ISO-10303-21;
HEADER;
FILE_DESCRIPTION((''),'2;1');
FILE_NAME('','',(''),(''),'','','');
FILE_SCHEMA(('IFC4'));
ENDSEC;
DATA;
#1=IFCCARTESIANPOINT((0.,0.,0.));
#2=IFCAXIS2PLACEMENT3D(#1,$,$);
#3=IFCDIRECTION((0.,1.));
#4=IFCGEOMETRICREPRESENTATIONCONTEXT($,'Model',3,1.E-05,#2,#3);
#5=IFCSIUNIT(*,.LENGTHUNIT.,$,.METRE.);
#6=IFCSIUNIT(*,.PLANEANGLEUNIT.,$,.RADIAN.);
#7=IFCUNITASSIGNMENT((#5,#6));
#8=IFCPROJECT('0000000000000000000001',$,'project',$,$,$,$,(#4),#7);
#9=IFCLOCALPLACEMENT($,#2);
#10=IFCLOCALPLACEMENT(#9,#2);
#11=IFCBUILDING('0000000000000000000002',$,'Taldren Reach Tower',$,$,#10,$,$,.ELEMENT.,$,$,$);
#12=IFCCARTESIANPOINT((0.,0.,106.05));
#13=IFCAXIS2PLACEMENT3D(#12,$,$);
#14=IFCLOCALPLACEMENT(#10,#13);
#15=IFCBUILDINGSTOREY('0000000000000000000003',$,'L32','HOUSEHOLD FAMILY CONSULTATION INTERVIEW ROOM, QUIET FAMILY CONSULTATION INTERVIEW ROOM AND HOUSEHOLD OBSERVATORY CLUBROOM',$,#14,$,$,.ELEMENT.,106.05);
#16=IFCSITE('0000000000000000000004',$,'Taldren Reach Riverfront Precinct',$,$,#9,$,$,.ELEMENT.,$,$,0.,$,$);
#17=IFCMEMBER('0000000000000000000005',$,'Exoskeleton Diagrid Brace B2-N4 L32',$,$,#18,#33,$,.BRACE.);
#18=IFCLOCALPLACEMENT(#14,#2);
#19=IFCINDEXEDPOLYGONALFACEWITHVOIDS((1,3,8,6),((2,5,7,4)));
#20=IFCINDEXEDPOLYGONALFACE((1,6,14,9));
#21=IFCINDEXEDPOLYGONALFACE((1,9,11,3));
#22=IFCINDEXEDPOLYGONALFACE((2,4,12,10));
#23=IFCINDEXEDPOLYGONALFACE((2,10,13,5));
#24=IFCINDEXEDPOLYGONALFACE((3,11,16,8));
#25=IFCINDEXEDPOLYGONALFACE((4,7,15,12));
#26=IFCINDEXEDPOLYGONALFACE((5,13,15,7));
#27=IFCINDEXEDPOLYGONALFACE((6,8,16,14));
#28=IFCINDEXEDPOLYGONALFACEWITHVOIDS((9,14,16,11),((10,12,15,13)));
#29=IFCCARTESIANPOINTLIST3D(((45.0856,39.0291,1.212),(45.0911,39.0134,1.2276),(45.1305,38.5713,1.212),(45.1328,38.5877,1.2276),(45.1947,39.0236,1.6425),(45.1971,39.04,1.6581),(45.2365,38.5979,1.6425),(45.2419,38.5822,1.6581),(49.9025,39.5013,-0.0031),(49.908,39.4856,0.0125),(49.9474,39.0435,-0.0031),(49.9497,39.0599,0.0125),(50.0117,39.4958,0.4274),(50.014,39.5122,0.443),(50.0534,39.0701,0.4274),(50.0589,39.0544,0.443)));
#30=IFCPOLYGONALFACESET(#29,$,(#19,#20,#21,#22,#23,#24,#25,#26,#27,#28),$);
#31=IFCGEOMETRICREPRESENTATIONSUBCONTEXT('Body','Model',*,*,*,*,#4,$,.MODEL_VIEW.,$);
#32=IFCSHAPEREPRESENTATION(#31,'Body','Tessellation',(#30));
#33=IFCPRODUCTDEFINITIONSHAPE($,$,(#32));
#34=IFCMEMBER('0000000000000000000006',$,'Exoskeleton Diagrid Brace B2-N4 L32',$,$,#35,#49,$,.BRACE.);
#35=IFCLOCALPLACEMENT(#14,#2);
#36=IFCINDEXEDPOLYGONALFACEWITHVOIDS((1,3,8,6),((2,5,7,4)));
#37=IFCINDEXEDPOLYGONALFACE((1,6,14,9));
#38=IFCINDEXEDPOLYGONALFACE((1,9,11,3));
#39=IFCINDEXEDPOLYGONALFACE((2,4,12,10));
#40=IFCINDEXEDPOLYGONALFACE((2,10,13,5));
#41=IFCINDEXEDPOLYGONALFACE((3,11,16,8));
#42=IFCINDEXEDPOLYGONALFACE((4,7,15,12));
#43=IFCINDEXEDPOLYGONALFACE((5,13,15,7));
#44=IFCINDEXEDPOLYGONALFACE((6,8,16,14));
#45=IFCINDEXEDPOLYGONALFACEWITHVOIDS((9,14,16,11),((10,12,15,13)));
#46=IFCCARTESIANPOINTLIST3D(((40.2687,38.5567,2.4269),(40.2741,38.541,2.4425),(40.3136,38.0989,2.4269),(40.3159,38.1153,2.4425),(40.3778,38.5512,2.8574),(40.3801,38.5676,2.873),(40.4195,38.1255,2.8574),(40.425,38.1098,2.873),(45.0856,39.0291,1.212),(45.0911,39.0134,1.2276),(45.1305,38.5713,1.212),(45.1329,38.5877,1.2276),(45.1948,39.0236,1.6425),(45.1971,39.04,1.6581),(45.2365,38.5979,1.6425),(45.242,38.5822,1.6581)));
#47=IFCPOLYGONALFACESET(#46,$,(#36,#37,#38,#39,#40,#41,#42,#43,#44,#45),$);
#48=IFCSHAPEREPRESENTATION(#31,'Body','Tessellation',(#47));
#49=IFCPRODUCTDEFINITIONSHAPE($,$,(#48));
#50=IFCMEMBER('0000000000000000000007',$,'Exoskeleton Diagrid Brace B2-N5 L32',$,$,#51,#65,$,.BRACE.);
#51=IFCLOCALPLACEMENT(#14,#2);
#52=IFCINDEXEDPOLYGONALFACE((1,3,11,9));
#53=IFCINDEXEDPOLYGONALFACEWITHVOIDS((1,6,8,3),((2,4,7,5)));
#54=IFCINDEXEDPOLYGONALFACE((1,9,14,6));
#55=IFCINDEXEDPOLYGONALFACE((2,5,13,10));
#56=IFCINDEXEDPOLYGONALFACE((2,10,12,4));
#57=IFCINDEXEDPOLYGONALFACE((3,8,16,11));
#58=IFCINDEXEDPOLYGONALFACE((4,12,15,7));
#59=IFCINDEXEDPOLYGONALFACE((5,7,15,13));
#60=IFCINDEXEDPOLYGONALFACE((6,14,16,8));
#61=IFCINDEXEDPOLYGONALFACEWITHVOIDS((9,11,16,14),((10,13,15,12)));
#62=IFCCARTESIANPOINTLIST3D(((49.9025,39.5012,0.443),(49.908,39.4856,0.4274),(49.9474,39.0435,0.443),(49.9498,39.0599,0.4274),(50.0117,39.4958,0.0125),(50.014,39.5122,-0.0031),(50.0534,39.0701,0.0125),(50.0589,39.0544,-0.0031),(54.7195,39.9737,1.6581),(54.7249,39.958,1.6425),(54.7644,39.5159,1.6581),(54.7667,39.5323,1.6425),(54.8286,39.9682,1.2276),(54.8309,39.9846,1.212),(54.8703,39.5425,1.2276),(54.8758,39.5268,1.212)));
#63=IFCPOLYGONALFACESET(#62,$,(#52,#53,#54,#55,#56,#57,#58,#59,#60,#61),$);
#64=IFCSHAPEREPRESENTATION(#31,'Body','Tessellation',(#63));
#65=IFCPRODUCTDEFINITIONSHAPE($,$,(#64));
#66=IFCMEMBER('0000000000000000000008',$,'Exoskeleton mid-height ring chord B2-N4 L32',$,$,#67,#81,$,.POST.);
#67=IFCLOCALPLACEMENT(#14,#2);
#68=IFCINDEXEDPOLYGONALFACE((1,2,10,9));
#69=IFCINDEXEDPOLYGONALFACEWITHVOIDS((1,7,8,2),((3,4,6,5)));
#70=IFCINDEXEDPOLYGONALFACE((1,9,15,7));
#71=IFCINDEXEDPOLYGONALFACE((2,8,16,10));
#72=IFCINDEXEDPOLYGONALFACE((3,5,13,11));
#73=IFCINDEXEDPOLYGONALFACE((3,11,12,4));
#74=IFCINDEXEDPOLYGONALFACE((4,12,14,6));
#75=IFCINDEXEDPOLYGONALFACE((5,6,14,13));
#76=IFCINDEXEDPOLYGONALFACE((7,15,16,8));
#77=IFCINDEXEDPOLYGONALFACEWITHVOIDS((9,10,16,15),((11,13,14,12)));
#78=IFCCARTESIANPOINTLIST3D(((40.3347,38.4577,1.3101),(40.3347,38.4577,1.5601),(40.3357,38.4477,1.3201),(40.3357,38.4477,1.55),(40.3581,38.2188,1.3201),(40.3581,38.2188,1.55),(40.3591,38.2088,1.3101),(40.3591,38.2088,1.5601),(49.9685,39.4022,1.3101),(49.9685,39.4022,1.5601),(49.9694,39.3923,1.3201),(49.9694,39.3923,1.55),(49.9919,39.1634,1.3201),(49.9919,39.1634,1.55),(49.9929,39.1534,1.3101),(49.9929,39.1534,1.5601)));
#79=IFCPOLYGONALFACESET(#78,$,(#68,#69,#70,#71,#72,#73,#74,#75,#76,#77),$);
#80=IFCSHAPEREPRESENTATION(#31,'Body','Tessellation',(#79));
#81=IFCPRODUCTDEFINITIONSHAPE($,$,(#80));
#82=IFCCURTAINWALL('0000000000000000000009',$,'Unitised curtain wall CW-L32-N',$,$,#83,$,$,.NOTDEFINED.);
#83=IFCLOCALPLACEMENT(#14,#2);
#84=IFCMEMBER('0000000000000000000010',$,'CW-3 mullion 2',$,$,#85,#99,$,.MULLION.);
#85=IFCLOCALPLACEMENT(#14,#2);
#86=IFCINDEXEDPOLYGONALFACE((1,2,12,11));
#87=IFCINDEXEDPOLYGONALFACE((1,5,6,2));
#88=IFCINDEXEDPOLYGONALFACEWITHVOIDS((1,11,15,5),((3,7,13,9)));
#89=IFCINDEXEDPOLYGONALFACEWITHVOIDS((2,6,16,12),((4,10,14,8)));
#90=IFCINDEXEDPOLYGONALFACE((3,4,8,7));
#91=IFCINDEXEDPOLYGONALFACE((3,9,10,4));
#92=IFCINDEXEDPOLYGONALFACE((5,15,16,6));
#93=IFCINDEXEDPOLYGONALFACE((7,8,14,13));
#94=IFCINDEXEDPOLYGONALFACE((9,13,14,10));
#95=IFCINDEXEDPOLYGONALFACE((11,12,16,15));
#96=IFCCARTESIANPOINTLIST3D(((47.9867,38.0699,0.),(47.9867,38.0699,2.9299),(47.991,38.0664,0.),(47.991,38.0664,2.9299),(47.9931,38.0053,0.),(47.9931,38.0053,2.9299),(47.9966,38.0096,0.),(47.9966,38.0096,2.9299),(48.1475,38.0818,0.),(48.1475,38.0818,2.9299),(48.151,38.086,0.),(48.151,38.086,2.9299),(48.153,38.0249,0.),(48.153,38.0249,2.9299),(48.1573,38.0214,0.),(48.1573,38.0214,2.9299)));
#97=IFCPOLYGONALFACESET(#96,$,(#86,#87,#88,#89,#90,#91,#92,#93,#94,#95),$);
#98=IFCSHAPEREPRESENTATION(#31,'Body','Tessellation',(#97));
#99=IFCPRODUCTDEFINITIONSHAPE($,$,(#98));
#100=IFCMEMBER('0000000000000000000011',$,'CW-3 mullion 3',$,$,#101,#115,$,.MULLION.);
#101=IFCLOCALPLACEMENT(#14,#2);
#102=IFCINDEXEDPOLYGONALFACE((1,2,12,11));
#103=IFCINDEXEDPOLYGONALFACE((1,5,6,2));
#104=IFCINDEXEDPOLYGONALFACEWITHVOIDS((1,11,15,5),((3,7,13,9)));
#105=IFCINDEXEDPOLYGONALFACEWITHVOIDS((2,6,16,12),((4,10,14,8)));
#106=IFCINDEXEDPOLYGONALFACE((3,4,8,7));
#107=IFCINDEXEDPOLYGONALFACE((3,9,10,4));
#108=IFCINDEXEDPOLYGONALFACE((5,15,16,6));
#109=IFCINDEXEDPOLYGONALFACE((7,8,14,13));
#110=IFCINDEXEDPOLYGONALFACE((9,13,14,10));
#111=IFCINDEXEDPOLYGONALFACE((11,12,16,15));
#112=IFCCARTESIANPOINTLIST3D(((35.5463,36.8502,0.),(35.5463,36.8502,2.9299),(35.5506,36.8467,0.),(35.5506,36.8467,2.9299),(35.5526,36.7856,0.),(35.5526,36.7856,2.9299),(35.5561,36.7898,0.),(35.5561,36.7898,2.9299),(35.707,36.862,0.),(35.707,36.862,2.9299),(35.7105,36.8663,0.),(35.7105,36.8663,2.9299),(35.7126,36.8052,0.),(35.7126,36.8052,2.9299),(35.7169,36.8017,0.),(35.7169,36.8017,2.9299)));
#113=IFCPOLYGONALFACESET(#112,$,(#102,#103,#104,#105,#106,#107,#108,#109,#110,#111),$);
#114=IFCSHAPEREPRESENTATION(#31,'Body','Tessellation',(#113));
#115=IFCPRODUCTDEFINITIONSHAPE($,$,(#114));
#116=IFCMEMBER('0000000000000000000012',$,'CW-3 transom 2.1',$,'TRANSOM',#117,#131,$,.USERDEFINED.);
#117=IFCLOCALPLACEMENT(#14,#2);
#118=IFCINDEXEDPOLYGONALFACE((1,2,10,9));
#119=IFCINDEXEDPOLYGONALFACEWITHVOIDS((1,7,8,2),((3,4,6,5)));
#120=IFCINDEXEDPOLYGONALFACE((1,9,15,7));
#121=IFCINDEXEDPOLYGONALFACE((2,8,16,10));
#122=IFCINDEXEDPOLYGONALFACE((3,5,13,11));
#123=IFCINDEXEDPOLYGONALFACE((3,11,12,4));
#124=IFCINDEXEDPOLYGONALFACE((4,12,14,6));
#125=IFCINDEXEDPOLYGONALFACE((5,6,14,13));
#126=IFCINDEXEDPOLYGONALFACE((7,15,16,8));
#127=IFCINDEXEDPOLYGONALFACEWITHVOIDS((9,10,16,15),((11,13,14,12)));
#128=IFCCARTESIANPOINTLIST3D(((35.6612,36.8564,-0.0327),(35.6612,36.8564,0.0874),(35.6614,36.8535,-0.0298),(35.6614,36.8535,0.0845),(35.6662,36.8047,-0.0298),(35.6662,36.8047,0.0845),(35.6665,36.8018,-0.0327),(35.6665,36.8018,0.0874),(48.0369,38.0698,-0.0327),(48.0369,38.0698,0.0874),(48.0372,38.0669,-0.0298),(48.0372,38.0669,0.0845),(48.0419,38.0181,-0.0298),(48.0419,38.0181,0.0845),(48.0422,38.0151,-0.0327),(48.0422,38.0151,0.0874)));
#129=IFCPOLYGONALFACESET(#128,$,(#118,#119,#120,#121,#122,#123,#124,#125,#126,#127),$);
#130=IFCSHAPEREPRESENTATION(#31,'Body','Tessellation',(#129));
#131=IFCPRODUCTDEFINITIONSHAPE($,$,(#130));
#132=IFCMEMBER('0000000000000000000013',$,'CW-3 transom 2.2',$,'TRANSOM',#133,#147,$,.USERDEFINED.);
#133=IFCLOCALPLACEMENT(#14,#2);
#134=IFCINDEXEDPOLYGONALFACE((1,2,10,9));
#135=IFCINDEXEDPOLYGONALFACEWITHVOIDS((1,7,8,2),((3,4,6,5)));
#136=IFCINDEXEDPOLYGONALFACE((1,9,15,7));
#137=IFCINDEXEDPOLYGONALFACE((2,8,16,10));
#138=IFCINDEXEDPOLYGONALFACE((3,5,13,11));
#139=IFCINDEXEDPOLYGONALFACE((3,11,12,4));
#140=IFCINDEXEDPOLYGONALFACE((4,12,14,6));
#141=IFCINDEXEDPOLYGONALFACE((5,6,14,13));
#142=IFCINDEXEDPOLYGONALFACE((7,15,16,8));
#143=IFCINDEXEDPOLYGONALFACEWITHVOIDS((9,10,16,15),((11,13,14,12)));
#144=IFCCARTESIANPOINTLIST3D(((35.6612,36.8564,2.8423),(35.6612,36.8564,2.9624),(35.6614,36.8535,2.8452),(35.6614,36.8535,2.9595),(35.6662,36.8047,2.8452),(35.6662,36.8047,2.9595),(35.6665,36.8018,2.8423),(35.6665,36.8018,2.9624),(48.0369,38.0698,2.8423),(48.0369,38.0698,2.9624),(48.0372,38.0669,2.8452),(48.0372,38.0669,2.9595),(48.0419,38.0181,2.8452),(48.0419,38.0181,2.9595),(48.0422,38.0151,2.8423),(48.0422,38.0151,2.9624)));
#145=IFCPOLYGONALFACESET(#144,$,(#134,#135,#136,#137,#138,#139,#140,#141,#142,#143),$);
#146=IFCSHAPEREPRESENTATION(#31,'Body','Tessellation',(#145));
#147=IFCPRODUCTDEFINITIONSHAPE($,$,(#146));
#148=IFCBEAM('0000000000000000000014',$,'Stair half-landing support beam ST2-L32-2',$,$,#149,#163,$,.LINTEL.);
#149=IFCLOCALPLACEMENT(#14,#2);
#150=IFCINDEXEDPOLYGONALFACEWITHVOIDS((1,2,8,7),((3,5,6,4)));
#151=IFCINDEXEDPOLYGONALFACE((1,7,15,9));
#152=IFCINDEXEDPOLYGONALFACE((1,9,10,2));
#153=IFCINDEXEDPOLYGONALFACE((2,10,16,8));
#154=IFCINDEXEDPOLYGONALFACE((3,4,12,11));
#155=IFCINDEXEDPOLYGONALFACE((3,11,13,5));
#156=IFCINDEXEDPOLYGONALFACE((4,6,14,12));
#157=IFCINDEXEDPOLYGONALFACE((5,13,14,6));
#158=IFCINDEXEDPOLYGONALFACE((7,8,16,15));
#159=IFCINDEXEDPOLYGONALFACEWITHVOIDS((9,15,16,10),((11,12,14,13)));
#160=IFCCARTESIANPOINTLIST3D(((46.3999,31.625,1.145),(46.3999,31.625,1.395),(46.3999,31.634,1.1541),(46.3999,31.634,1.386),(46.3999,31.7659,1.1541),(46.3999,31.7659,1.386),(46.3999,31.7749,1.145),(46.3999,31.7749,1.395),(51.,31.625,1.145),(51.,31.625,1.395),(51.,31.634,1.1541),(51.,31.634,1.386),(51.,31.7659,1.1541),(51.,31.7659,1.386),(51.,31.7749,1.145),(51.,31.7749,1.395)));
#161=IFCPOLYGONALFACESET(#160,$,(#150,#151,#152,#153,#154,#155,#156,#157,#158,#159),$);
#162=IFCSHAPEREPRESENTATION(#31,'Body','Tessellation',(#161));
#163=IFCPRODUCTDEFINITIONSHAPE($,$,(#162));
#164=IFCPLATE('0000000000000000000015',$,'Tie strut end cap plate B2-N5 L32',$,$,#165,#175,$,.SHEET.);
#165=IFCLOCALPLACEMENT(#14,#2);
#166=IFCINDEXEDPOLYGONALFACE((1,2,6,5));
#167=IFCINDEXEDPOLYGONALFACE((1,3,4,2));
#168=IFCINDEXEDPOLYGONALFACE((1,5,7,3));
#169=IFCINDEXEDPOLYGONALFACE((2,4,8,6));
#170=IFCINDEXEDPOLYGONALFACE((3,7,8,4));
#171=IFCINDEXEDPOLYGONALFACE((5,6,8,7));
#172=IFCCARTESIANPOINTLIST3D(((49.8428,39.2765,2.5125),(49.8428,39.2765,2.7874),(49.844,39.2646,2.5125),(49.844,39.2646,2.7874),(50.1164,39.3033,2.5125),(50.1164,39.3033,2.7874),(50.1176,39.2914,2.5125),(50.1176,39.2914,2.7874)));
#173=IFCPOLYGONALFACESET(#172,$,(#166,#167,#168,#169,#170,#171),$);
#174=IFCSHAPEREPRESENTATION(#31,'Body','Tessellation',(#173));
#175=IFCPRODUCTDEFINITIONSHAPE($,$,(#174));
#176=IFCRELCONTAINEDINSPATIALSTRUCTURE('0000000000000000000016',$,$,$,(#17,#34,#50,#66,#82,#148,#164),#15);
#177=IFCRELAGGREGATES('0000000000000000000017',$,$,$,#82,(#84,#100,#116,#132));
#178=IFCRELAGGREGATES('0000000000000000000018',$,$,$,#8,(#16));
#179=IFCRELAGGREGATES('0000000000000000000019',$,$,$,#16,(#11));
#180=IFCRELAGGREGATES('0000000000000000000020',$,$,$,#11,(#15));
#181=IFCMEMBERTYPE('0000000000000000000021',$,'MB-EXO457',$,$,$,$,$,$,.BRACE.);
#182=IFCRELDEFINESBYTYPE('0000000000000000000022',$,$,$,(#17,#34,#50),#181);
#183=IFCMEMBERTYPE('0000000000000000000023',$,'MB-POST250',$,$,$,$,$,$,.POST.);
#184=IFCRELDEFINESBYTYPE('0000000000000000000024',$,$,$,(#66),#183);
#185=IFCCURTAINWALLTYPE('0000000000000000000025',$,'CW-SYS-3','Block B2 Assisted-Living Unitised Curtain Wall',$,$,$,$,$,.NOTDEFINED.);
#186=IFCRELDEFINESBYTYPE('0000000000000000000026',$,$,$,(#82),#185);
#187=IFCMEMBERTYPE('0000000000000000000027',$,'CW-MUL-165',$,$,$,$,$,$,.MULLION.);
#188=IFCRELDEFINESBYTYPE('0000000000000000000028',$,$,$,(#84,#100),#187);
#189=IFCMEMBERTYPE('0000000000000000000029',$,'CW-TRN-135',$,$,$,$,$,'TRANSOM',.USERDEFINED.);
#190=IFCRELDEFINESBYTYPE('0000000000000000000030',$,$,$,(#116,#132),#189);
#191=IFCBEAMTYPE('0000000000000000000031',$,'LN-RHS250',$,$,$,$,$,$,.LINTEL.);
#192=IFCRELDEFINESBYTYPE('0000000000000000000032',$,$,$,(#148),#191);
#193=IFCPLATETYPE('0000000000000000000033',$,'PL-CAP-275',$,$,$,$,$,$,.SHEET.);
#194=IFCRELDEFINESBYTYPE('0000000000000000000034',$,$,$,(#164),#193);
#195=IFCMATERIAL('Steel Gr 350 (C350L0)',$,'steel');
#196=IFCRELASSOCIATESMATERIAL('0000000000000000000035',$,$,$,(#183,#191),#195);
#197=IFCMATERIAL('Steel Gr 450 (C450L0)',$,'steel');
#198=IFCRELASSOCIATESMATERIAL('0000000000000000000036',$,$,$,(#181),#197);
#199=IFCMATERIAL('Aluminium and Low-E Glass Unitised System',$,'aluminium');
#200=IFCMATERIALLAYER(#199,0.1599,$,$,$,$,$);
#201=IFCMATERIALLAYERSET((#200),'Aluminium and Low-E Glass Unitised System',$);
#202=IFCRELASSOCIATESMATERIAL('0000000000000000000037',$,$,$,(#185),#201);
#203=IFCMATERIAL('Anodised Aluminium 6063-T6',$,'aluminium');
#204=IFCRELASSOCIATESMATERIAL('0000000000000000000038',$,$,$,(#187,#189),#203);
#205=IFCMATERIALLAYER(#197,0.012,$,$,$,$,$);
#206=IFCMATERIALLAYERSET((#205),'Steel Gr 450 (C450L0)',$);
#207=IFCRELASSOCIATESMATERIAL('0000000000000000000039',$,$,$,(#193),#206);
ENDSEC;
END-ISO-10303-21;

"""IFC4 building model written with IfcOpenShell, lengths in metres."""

from ifc_helpers import new_model, si_unit, direction, frame, origin, origin_2d, place, context, subcontext, project, spatial, rectangle, hollow_rectangle, extrude, source, transform, mapped, material, layer, layer_set, material_profile, profile_set, type_object, element, aggregate, save


model = new_model("IFC4")

# Units and contexts
model_context = context("Model", 3, precision=1e-05, world=origin(), true_north=direction((0.0, 1.0)))
body_context = subcontext(model_context, "Body", "Model", "MODEL_VIEW")
ifc_project = project(units=[si_unit("LENGTHUNIT", "METRE"), si_unit("PLANEANGLEUNIT", "RADIAN")], contexts=[model_context])

# Site, building, storey
site_placement = place(None, origin())
site = spatial("IfcSite", under=ifc_project, at=site_placement, Name="Taldren Reach Riverfront Precinct", CompositionType="ELEMENT", RefElevation=0.0)
building_placement = place(site_placement, origin())
building = spatial("IfcBuilding", under=site, at=building_placement, Name="Taldren Reach Tower", CompositionType="ELEMENT")
storey_placement = place(building_placement, frame((0.0, 0.0, 106.05)))
storey = spatial("IfcBuildingStorey", under=building, at=storey_placement, Name="L32", Description="HOUSEHOLD FAMILY CONSULTATION INTERVIEW ROOM, QUIET FAMILY CONSULTATION INTERVIEW ROOM AND HOUSEHOLD OBSERVATORY CLUBROOM", CompositionType="ELEMENT", Elevation=106.05)

# Shared definitions
ifc_material_1 = material(Name="Steel Gr 450 (C450L0)", Category="steel")
ifc_material_2 = material(Name="Steel Gr 350 (C350L0)", Category="steel")
ifc_material_profile_1 = material_profile(ifc_material_2, hollow_rectangle(XDim=0.25, YDim=0.25, WallThickness=0.01, at=origin_2d()), Name="250x250x10.0SHS")
ifc_profile_set_1 = profile_set([ifc_material_profile_1], Name="Steel Gr 350 (C350L0)")
member_type_1 = type_object("IfcMemberType", Name="MB-POST250", PredefinedType="POST", material=ifc_profile_set_1)

# Members
ifc_material_profile_2 = material_profile(ifc_material_1, hollow_rectangle(XDim=0.46, YDim=0.46, WallThickness=0.0161, at=origin_2d()), Name="460x460x16.0SHS")
ifc_profile_set_2 = profile_set([ifc_material_profile_2], Name="Steel Gr 450 (C450L0)")
member_type_2 = type_object("IfcMemberType", Name="MB-EXO457", PredefinedType="BRACE", material=ifc_profile_set_2)
shared_shape_1 = source(origin(), body_context, "Body", "SweptSolid", [
    extrude(hollow_rectangle(XDim=0.46, YDim=0.46, WallThickness=0.0161, at=origin_2d()), origin(), (0.0, 0.0, 1.0), 4.9902),
])
for number, where, z_axis, x_axis, name in (
    (1, (49.9807, 39.2778, 0.22), (-0.965276, -0.09462, 0.243496), (0.097556, -0.99523, 0.0), "Exoskeleton Diagrid Brace B2-N4 L32"),
    (2, (45.1638, 38.8057, 1.4351), (-0.965283, -0.094669, 0.243449), (0.097606, -0.995225, 0.0), "Exoskeleton Diagrid Brace B2-N4 L32"),
    (3, (49.9807, 39.2778, 0.22), (0.965271, 0.094668, 0.243495), (-0.097606, 0.995225, 0.0), "Exoskeleton Diagrid Brace B2-N5 L32"),
):
    element("IfcMember", number, at=place(storey_placement, frame(where, z_axis=z_axis, x_axis=x_axis)), inside=storey, type_object=member_type_2, Name=name, PredefinedType="BRACE", context=body_context, shape_type="MappedRepresentation", body=[
        mapped(shared_shape_1, transform((0.0, 0.0, 0.0), scale=1.0)),
    ])
shared_shape_2 = source(origin(), body_context, "Body", "SweptSolid", [
    extrude(hollow_rectangle(XDim=0.25, YDim=0.25, WallThickness=0.01, at=origin_2d()), origin(), (0.0, 0.0, 1.0), 9.6799),
])
member_1_placement = place(storey_placement, frame((40.3469, 38.3333, 1.4351), z_axis=(0.995228, 0.097581, 0.0), x_axis=(-0.097581, 0.995228, 0.0)))
element("IfcMember", 4, at=member_1_placement, inside=storey, type_object=member_type_1, Name="Exoskeleton mid-height ring chord B2-N4 L32", PredefinedType="POST", context=body_context, shape_type="MappedRepresentation", body=[
    mapped(shared_shape_2, transform((0.0, 0.0, 0.0), scale=1.0)),
])

# Curtain wall, members
ifc_material_3 = material(Name="Aluminium and Low-E Glass Unitised System", Category="aluminium")
ifc_layer_1 = layer(ifc_material_3, 0.1599)
ifc_layer_set_1 = layer_set([ifc_layer_1], Name="Aluminium and Low-E Glass Unitised System")
curtain_wall_type = type_object("IfcCurtainWallType", Name="CW-SYS-3", Description="Block B2 Assisted-Living Unitised Curtain Wall", PredefinedType="NOTDEFINED", material=ifc_layer_set_1)
curtain_wall_placement = place(storey_placement, origin())
curtain_wall = element("IfcCurtainWall", 5, at=curtain_wall_placement, inside=storey, type_object=curtain_wall_type, Name="Unitised curtain wall CW-L32-N", PredefinedType="NOTDEFINED")
ifc_material_4 = material(Name="Anodised Aluminium 6063-T6", Category="aluminium")
ifc_material_profile_3 = material_profile(ifc_material_4, hollow_rectangle(XDim=0.0649, YDim=0.165, WallThickness=0.0039, at=origin_2d()), Name="ALU-165x65x4RHS")
ifc_profile_set_3 = profile_set([ifc_material_profile_3], Name="Anodised Aluminium 6063-T6")
member_type_3 = type_object("IfcMemberType", Name="CW-MUL-165", PredefinedType="MULLION", material=ifc_profile_set_3)
shared_shape_3 = source(origin(), body_context, "Body", "SweptSolid", [
    extrude(hollow_rectangle(XDim=0.0649, YDim=0.165, WallThickness=0.0039, at=origin_2d()), origin(), (0.0, 0.0, 1.0), 2.9299),
])
member_2_placement = place(storey_placement, frame((48.072, 38.0457, 0.0), z_axis=(0.0, 0.0, 1.0), x_axis=(0.097583, -0.995227, 0.0)))
member_2 = element("IfcMember", 6, at=member_2_placement, type_object=member_type_3, Name="CW-3 mullion 2", PredefinedType="MULLION", context=body_context, shape_type="MappedRepresentation", body=[
    mapped(shared_shape_3, transform((0.0, 0.0, 0.0), scale=1.0)),
])
member_3_placement = place(storey_placement, frame((35.6316, 36.8259, 0.0), z_axis=(0.0, 0.0, 1.0), x_axis=(0.097583, -0.995227, 0.0)))
member_3 = element("IfcMember", 7, at=member_3_placement, type_object=member_type_3, Name="CW-3 mullion 3", PredefinedType="MULLION", context=body_context, shape_type="MappedRepresentation", body=[
    mapped(shared_shape_3, transform((0.0, 0.0, 0.0), scale=1.0)),
])
ifc_material_profile_4 = material_profile(ifc_material_4, hollow_rectangle(XDim=0.0549, YDim=0.1201, WallThickness=0.0029, at=origin_2d()), Name="ALU-120x55x3RHS")
ifc_profile_set_4 = profile_set([ifc_material_profile_4], Name="Anodised Aluminium 6063-T6")
member_type_4 = type_object("IfcMemberType", Name="CW-TRN-135", ElementType="TRANSOM", PredefinedType="USERDEFINED", material=ifc_profile_set_4)
shared_shape_4 = source(origin(), body_context, "Body", "SweptSolid", [
    extrude(hollow_rectangle(XDim=0.0549, YDim=0.1201, WallThickness=0.0029, at=origin_2d()), origin(), (0.0, 0.0, 1.0), 12.4351),
])
member_4_placement = place(storey_placement, frame((48.0396, 38.0425, 0.0273), z_axis=(-0.995228, -0.097577, 0.0), x_axis=(0.097577, -0.995228, 0.0)))
member_4 = element("IfcMember", 8, at=member_4_placement, type_object=member_type_4, Name="CW-3 transom 2.1", ObjectType="TRANSOM", PredefinedType="USERDEFINED", context=body_context, shape_type="MappedRepresentation", body=[
    mapped(shared_shape_4, transform((0.0, 0.0, 0.0), scale=1.0)),
])
member_5_placement = place(storey_placement, frame((48.0396, 38.0425, 2.9023), z_axis=(-0.995228, -0.097577, 0.0), x_axis=(0.097577, -0.995228, 0.0)))
member_5 = element("IfcMember", 9, at=member_5_placement, type_object=member_type_4, Name="CW-3 transom 2.2", ObjectType="TRANSOM", PredefinedType="USERDEFINED", context=body_context, shape_type="MappedRepresentation", body=[
    mapped(shared_shape_4, transform((0.0, 0.0, 0.0), scale=1.0)),
])

# Beam
ifc_material_profile_5 = material_profile(ifc_material_2, hollow_rectangle(XDim=0.1499, YDim=0.25, WallThickness=0.009, at=origin_2d()), Name="250x150x9.0RHS")
ifc_profile_set_5 = profile_set([ifc_material_profile_5], Name="Steel Gr 350 (C350L0)")
beam_type_1 = type_object("IfcBeamType", Name="LN-RHS250", PredefinedType="LINTEL", material=ifc_profile_set_5)
shared_shape_5 = source(origin(), body_context, "Body", "SweptSolid", [
    extrude(hollow_rectangle(XDim=0.1499, YDim=0.25, WallThickness=0.009, at=origin_2d()), origin(), (0.0, 0.0, 1.0), 4.6001),
])
beam_1_placement = place(storey_placement, frame((46.3999, 31.7, 1.27), z_axis=(1.0, 0.0, 0.0), x_axis=(0.0, 1.0, 0.0)))
element("IfcBeam", 10, at=beam_1_placement, inside=storey, type_object=beam_type_1, Name="Stair half-landing support beam ST2-L32-2", PredefinedType="LINTEL", context=body_context, shape_type="MappedRepresentation", body=[
    mapped(shared_shape_5, transform((0.0, 0.0, 0.0), scale=1.0)),
])

# Plate
ifc_layer_2 = layer(ifc_material_1, 0.012)
ifc_layer_set_2 = layer_set([ifc_layer_2], Name="Steel Gr 450 (C450L0)")
plate_type_1 = type_object("IfcPlateType", Name="PL-CAP-275", PredefinedType="SHEET", material=ifc_layer_set_2)
shared_shape_6 = source(origin(), body_context, "Body", "SweptSolid", [
    extrude(rectangle(XDim=0.2749, YDim=0.012, at=origin_2d()), origin(), (0.0, 0.0, 1.0), 0.2749),
])
plate_1_placement = place(storey_placement, frame((49.9802, 39.2839, 2.5125), z_axis=(0.0, 0.0, 1.0), x_axis=(0.995227, 0.097583, 0.0)))
element("IfcPlate", 11, at=plate_1_placement, inside=storey, type_object=plate_type_1, Name="Tie strut end cap plate B2-N5 L32", PredefinedType="SHEET", context=body_context, shape_type="MappedRepresentation", body=[
    mapped(shared_shape_6, transform((0.0, 0.0, 0.0), scale=1.0)),
])

aggregate(curtain_wall, [member_2, member_3, member_4, member_5])

save(model, "model.ifc")
